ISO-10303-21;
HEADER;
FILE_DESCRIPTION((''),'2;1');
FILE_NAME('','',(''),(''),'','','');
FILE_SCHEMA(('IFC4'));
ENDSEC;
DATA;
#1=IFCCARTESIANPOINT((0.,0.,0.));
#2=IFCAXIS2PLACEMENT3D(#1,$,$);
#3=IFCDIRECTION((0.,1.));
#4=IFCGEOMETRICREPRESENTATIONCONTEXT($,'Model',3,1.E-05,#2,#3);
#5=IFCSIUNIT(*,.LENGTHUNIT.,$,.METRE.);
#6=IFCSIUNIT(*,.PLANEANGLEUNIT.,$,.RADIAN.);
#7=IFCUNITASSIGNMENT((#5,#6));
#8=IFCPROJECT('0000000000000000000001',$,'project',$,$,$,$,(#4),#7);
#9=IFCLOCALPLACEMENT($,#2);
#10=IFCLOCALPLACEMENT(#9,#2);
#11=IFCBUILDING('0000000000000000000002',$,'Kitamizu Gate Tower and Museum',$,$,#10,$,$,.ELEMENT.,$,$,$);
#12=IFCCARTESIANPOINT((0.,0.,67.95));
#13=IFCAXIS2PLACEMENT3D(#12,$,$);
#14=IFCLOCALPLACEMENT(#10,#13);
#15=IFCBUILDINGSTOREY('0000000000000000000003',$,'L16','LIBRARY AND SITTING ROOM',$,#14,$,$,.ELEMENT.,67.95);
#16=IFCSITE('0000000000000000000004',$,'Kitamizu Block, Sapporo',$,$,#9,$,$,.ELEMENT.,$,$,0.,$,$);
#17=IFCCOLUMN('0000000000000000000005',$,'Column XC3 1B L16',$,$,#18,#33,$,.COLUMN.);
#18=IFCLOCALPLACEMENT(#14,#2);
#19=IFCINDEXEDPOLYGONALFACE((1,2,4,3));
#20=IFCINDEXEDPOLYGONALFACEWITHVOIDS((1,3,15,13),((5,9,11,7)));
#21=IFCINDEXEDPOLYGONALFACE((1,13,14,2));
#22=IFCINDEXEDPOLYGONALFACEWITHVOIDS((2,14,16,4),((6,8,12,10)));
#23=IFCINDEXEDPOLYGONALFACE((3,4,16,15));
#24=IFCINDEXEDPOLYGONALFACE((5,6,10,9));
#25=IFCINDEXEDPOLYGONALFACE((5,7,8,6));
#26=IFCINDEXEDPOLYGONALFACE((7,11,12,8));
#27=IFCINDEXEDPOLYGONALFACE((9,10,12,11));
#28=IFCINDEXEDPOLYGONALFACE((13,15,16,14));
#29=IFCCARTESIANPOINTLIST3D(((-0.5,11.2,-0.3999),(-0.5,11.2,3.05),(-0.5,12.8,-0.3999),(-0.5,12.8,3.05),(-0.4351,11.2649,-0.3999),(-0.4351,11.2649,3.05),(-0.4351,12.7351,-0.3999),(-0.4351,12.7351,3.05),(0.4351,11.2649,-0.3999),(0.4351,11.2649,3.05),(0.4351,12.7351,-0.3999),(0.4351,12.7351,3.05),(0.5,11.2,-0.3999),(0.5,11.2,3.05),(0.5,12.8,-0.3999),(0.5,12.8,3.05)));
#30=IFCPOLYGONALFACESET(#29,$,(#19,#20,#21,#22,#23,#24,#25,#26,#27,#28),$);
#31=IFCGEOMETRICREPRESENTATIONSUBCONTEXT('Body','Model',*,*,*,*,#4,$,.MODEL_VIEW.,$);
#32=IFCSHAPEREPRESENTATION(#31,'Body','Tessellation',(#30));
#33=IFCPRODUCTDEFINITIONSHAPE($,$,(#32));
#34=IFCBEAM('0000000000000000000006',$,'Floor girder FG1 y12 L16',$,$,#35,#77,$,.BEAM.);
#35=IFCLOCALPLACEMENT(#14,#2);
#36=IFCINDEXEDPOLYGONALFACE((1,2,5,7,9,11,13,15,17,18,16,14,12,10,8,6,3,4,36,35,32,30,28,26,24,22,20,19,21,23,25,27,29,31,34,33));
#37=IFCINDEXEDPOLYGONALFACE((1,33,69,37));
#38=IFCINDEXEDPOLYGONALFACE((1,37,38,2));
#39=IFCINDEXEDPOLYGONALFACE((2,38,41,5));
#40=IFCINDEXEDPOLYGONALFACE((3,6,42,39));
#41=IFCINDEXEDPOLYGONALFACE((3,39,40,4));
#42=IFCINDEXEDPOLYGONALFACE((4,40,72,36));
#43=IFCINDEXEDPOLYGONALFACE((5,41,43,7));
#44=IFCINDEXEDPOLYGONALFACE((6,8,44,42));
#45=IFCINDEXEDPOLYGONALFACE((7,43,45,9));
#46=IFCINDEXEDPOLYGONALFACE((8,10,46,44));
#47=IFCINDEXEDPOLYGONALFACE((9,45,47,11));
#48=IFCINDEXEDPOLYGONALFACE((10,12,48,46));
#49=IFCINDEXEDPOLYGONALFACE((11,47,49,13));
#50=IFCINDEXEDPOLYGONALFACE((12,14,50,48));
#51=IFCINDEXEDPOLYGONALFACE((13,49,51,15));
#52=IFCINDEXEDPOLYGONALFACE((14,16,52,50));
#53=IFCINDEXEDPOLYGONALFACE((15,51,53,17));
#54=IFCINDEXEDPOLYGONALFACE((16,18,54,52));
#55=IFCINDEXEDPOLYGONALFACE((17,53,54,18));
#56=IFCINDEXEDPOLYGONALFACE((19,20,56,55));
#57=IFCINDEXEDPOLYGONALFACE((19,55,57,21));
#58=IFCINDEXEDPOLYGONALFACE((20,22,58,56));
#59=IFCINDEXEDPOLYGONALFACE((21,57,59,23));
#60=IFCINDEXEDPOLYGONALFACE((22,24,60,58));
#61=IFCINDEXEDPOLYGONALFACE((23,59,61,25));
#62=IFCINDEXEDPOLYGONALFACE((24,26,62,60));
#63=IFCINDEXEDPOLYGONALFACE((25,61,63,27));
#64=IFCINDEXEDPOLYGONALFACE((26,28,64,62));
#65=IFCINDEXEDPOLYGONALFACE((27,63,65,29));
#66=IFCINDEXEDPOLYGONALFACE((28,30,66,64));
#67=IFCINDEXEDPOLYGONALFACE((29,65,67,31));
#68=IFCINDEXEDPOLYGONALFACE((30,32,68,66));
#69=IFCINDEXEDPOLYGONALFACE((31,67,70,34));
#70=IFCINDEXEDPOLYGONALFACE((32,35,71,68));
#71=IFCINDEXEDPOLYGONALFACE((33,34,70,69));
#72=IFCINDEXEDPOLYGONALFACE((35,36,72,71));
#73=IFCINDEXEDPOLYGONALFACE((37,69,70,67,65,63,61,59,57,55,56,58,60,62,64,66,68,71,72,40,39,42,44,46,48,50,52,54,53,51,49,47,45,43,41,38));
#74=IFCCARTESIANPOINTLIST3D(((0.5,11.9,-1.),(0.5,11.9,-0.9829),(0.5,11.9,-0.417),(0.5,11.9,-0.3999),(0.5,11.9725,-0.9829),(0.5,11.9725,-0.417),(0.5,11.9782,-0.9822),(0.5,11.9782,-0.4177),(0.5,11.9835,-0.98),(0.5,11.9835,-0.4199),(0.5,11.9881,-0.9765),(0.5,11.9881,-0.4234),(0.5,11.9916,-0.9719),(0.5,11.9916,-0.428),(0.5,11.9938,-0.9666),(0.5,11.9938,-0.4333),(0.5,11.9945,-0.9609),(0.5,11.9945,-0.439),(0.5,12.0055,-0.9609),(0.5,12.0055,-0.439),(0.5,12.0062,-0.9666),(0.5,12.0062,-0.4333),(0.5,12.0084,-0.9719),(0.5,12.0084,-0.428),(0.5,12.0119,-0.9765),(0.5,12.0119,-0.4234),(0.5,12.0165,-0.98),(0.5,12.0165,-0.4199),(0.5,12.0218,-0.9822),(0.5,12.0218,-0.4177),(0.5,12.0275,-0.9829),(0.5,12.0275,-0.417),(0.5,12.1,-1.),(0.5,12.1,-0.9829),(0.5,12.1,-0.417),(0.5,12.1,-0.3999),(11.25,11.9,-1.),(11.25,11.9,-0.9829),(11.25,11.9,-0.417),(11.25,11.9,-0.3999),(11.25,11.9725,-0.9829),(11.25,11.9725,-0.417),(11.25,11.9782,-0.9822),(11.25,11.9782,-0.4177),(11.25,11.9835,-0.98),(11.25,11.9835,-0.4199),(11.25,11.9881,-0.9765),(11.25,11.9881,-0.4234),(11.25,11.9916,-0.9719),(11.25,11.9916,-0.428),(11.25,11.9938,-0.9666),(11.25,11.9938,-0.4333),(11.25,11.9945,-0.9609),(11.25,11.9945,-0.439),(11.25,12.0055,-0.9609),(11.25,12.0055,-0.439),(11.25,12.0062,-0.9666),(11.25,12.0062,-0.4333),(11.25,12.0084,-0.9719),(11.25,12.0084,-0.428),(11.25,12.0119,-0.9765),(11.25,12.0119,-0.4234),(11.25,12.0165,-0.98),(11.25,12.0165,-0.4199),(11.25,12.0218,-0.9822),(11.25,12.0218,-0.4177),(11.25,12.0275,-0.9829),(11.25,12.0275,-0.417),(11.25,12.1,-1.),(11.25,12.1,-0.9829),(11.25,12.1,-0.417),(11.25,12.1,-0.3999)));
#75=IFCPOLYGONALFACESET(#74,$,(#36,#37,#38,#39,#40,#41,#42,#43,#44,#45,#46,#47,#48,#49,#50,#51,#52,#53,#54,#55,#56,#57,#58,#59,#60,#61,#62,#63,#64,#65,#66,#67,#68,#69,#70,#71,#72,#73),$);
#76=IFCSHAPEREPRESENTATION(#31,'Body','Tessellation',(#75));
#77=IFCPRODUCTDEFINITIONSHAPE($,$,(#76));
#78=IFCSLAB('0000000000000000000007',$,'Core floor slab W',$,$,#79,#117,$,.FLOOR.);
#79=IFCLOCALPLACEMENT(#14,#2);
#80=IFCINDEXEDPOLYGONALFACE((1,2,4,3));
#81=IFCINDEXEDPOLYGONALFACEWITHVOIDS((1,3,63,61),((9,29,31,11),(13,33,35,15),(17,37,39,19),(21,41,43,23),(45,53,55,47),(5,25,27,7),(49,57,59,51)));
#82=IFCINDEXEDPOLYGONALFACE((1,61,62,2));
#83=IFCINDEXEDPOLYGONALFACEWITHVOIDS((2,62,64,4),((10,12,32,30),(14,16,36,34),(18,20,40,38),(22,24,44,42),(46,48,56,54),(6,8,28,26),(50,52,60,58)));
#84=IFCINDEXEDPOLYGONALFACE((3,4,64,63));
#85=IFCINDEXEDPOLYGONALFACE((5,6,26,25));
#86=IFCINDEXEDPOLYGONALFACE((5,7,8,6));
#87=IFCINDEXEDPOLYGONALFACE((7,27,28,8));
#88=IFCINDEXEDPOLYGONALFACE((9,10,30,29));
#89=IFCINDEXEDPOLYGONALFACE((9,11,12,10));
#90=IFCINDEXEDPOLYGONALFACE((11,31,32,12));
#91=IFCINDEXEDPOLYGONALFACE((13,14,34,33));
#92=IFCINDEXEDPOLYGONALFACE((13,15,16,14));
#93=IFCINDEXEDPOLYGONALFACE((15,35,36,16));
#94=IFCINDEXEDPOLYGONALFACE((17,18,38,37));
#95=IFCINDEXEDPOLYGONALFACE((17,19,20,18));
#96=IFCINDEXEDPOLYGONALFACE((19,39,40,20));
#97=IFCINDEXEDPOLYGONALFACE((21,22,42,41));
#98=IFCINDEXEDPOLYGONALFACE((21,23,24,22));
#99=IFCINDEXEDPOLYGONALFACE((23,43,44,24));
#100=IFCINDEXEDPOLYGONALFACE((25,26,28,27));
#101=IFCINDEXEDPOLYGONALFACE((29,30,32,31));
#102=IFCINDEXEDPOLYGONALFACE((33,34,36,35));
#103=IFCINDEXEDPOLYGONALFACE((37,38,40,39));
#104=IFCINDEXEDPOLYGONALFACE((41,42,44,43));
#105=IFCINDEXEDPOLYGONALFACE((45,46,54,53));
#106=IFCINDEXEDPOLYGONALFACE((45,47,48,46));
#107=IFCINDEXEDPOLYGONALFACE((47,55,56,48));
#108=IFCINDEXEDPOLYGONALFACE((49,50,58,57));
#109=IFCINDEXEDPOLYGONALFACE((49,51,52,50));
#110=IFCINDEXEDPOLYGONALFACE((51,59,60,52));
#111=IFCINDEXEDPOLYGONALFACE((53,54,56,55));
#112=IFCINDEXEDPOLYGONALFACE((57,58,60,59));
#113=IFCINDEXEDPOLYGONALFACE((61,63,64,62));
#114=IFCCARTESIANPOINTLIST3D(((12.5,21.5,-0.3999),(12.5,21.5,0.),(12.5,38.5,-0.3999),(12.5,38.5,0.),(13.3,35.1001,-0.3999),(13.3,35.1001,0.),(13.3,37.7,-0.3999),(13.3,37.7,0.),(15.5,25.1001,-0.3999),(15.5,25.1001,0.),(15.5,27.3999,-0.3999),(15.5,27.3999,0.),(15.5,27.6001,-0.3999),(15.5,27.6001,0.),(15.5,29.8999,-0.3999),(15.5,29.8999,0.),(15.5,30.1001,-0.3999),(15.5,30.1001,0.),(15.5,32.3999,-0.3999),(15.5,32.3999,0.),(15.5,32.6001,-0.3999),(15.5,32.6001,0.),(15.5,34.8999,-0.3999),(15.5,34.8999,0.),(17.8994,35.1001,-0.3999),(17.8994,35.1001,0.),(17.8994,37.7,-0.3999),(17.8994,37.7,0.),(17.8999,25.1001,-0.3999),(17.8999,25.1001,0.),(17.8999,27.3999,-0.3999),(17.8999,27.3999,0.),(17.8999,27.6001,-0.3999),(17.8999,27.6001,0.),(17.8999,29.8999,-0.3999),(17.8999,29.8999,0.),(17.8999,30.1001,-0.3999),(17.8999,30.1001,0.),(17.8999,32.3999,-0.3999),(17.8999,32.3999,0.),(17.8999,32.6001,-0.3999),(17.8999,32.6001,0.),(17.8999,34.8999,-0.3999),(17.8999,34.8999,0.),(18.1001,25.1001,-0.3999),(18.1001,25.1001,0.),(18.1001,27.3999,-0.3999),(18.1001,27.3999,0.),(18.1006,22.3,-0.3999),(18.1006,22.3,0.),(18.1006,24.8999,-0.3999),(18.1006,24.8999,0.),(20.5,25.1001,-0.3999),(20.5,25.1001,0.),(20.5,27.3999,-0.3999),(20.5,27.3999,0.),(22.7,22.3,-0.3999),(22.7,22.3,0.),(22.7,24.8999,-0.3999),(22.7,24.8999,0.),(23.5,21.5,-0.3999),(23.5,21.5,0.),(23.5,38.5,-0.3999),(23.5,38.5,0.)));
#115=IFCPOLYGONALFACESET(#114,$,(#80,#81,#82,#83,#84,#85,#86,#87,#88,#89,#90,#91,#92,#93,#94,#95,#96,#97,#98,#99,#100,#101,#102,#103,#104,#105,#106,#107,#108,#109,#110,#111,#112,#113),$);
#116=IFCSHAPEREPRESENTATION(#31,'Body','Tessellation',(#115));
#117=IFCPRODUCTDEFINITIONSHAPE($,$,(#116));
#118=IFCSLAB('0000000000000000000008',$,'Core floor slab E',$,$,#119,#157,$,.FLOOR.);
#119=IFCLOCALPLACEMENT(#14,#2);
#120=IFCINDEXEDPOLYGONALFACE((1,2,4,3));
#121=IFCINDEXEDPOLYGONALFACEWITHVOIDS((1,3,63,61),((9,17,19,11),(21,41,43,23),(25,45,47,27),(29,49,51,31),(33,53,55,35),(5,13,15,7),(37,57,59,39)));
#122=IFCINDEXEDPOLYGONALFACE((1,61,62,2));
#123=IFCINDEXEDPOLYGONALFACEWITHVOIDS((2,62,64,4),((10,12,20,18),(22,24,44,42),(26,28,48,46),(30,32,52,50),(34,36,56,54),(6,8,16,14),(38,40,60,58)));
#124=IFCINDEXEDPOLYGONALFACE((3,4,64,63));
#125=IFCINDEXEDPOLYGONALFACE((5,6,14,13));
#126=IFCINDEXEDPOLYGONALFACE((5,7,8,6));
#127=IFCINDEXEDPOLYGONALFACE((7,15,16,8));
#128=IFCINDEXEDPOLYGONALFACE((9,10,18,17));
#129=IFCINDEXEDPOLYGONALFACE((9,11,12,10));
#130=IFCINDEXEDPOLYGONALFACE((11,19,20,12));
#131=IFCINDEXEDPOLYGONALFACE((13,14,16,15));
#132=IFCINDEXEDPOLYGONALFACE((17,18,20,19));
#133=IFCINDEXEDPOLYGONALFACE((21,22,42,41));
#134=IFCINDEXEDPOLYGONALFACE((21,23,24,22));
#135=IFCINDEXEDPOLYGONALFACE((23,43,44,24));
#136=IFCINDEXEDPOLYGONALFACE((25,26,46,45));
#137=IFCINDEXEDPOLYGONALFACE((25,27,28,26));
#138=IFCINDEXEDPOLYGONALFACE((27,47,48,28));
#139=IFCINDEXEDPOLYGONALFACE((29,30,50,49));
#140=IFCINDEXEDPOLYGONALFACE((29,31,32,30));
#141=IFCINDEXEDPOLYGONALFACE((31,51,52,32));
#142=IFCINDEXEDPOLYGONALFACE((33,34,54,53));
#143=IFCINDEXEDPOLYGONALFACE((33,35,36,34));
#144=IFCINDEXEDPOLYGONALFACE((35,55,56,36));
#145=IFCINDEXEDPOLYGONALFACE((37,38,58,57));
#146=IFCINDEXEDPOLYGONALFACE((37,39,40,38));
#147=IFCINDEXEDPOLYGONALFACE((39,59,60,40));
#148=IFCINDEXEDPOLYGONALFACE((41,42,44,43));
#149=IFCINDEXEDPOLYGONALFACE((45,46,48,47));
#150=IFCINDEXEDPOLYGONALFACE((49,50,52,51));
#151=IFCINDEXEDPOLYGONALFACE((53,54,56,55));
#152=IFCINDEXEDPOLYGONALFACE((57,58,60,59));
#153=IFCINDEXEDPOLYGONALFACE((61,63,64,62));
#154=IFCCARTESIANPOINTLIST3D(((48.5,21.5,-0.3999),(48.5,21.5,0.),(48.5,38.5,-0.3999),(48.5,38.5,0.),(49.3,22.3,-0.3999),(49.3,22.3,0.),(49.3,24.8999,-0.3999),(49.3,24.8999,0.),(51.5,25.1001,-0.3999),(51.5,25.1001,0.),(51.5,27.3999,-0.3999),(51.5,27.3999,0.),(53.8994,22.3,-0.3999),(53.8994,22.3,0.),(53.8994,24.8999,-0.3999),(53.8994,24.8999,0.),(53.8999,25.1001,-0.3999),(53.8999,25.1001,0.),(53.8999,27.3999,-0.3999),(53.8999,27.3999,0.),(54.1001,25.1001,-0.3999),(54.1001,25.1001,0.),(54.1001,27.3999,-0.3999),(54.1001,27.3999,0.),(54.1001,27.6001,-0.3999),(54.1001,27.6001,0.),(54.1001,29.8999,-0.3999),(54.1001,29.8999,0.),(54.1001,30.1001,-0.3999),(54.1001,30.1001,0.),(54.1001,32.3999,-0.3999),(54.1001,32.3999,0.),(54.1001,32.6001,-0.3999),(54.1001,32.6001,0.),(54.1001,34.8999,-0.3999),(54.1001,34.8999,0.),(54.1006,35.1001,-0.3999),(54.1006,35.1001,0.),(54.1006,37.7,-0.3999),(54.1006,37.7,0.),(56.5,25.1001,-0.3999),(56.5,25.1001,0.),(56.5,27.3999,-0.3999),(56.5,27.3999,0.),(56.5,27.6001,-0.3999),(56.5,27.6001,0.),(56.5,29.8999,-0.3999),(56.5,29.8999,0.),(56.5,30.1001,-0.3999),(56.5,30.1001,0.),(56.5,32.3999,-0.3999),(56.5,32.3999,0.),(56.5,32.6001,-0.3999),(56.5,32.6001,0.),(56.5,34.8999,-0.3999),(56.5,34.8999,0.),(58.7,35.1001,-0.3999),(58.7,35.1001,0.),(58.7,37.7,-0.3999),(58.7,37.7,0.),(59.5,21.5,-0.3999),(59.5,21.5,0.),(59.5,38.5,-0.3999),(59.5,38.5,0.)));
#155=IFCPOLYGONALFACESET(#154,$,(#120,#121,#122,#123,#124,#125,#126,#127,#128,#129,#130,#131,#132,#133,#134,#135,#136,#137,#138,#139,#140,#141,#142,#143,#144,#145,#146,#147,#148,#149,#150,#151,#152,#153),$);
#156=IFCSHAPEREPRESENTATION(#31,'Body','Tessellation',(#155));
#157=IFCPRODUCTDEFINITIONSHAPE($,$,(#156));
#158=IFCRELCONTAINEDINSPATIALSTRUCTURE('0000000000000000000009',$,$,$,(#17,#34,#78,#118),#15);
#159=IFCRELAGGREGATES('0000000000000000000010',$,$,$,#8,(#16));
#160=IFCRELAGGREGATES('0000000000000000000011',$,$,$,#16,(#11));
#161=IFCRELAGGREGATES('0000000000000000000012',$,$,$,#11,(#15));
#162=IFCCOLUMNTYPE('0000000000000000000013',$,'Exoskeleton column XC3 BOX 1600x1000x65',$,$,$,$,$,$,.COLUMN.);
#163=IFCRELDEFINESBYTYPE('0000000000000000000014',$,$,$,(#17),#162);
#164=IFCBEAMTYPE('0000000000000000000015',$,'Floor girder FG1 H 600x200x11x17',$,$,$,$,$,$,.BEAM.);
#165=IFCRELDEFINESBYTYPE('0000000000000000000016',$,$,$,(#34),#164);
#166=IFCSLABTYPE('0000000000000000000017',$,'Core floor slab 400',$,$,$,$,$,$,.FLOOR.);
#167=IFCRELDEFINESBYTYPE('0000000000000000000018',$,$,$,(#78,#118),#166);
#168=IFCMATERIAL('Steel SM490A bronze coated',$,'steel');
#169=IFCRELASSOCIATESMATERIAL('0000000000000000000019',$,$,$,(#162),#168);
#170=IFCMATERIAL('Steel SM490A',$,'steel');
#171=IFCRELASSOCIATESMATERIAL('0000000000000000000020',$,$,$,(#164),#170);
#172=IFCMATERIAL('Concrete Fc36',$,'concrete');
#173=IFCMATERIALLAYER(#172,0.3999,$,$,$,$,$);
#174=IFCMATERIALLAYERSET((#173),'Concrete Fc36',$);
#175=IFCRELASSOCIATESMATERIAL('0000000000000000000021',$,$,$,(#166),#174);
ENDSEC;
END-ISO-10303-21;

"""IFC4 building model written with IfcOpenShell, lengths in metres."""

from ifc_helpers import new_model, si_unit, direction, frame, origin, origin_2d, place, context, subcontext, project, spatial, polyline, hollow_rectangle, i_section, outline, extrude, material, layer, layer_set, material_profile, profile_set, type_object, element, save


model = new_model("IFC4")

# Units and contexts
model_context = context("Model", 3, precision=1e-05, world=origin(), true_north=direction((0.0, 1.0)))
body_context = subcontext(model_context, "Body", "Model", "MODEL_VIEW")
ifc_project = project(units=[si_unit("LENGTHUNIT", "METRE"), si_unit("PLANEANGLEUNIT", "RADIAN")], contexts=[model_context])

# Site, building, storey
site_placement = place(None, origin())
site = spatial("IfcSite", under=ifc_project, at=site_placement, Name="Kitamizu Block, Sapporo", CompositionType="ELEMENT", RefElevation=0.0)
building_placement = place(site_placement, origin())
building = spatial("IfcBuilding", under=site, at=building_placement, Name="Kitamizu Gate Tower and Museum", CompositionType="ELEMENT")
storey_placement = place(building_placement, frame((0.0, 0.0, 67.95)))
storey = spatial("IfcBuildingStorey", under=building, at=storey_placement, Name="L16", Description="LIBRARY AND SITTING ROOM", CompositionType="ELEMENT", Elevation=67.95)

# Column
ifc_material_1 = material(Name="Steel SM490A bronze coated", Category="steel")
ifc_material_profile_1 = material_profile(ifc_material_1, hollow_rectangle(XDim=1.6001, YDim=1.0, WallThickness=0.0649, at=origin_2d()), Name="BOX 1600x1000x65")
ifc_profile_set_1 = profile_set([ifc_material_profile_1], Name="Steel SM490A bronze coated")
column_type = type_object("IfcColumnType", Name="Exoskeleton column XC3 BOX 1600x1000x65", PredefinedType="COLUMN", material=ifc_profile_set_1)
column_placement = place(storey_placement, frame((0.0, 12.0, -0.3999), z_axis=(0.0, 0.0, 1.0), x_axis=(0.0, 1.0, 0.0)))
element("IfcColumn", 1, at=column_placement, inside=storey, type_object=column_type, Name="Column XC3 1B L16", PredefinedType="COLUMN", context=body_context, shape_type="SweptSolid", body=[
    extrude(hollow_rectangle(XDim=1.6001, YDim=1.0, WallThickness=0.0649, at=origin_2d()), origin(), (0.0, 0.0, 1.0), 3.45),
])

# Beam
ifc_material_2 = material(Name="Steel SM490A", Category="steel")
ifc_material_profile_2 = material_profile(ifc_material_2, i_section(OverallWidth=0.2, OverallDepth=0.6001, WebThickness=0.011, FlangeThickness=0.0171, FilletRadius=0.022, at=origin_2d()), Name="H-600x200x11x17")
ifc_profile_set_2 = profile_set([ifc_material_profile_2], Name="Steel SM490A")
beam_type = type_object("IfcBeamType", Name="Floor girder FG1 H 600x200x11x17", PredefinedType="BEAM", material=ifc_profile_set_2)
beam_placement = place(storey_placement, frame((0.5, 12.0, -0.7), z_axis=(1.0, 0.0, 0.0), x_axis=(0.0, 1.0, 0.0)))
element("IfcBeam", 2, at=beam_placement, inside=storey, type_object=beam_type, Name="Floor girder FG1 y12 L16", PredefinedType="BEAM", context=body_context, shape_type="SweptSolid", body=[
    extrude(i_section(OverallWidth=0.2, OverallDepth=0.6001, WebThickness=0.011, FlangeThickness=0.0171, FilletRadius=0.022, at=origin_2d()), origin(), (0.0, 0.0, 1.0), 10.75),
])

# Slabs
ifc_material_3 = material(Name="Concrete Fc36", Category="concrete")
ifc_layer_1 = layer(ifc_material_3, 0.3999)
ifc_layer_set_1 = layer_set([ifc_layer_1], Name="Concrete Fc36")
slab_type_1 = type_object("IfcSlabType", Name="Core floor slab 400", PredefinedType="FLOOR", material=ifc_layer_set_1)
slab_1_placement = place(storey_placement, frame((0.0, 0.0, -0.3999)))
element("IfcSlab", 3, at=slab_1_placement, inside=storey, type_object=slab_type_1, Name="Core floor slab W", PredefinedType="FLOOR", context=body_context, shape_type="SweptSolid", body=[
    extrude(outline(polyline([(12.5, 21.5), (23.5, 21.5), (23.5, 38.5), (12.5, 38.5), (12.5, 21.5)]), holes=[polyline([(15.5, 25.1001), (17.8999, 25.1001), (17.8999, 27.3999), (15.5, 27.3999), (15.5, 25.1001)]), polyline([(15.5, 27.6001), (17.8999, 27.6001), (17.8999, 29.8999), (15.5, 29.8999), (15.5, 27.6001)]), polyline([(15.5, 30.1001), (17.8999, 30.1001), (17.8999, 32.3999), (15.5, 32.3999), (15.5, 30.1001)]), polyline([(15.5, 32.6001), (17.8999, 32.6001), (17.8999, 34.8999), (15.5, 34.8999), (15.5, 32.6001)]), polyline([(18.1001, 25.1001), (20.5, 25.1001), (20.5, 27.3999), (18.1001, 27.3999), (18.1001, 25.1001)]), polyline([(18.1006, 22.3), (22.7, 22.3), (22.7, 24.8999), (18.1006, 24.8999), (18.1006, 22.3)]), polyline([(13.3, 35.1001), (17.8994, 35.1001), (17.8994, 37.7), (13.3, 37.7), (13.3, 35.1001)])]), origin(), (0.0, 0.0, 1.0), 0.3999),
])
slab_2_placement = place(storey_placement, frame((0.0, 0.0, -0.3999)))
element("IfcSlab", 4, at=slab_2_placement, inside=storey, type_object=slab_type_1, Name="Core floor slab E", PredefinedType="FLOOR", context=body_context, shape_type="SweptSolid", body=[
    extrude(outline(polyline([(48.5, 21.5), (59.5, 21.5), (59.5, 38.5), (48.5, 38.5), (48.5, 21.5)]), holes=[polyline([(54.1001, 25.1001), (56.5, 25.1001), (56.5, 27.3999), (54.1001, 27.3999), (54.1001, 25.1001)]), polyline([(54.1001, 27.6001), (56.5, 27.6001), (56.5, 29.8999), (54.1001, 29.8999), (54.1001, 27.6001)]), polyline([(54.1001, 30.1001), (56.5, 30.1001), (56.5, 32.3999), (54.1001, 32.3999), (54.1001, 30.1001)]), polyline([(54.1001, 32.6001), (56.5, 32.6001), (56.5, 34.8999), (54.1001, 34.8999), (54.1001, 32.6001)]), polyline([(51.5, 25.1001), (53.8999, 25.1001), (53.8999, 27.3999), (51.5, 27.3999), (51.5, 25.1001)]), polyline([(49.3, 22.3), (53.8994, 22.3), (53.8994, 24.8999), (49.3, 24.8999), (49.3, 22.3)]), polyline([(54.1006, 35.1001), (58.7, 35.1001), (58.7, 37.7), (54.1006, 37.7), (54.1006, 35.1001)])]), origin(), (0.0, 0.0, 1.0), 0.3999),
])

save(model, "model.ifc")
